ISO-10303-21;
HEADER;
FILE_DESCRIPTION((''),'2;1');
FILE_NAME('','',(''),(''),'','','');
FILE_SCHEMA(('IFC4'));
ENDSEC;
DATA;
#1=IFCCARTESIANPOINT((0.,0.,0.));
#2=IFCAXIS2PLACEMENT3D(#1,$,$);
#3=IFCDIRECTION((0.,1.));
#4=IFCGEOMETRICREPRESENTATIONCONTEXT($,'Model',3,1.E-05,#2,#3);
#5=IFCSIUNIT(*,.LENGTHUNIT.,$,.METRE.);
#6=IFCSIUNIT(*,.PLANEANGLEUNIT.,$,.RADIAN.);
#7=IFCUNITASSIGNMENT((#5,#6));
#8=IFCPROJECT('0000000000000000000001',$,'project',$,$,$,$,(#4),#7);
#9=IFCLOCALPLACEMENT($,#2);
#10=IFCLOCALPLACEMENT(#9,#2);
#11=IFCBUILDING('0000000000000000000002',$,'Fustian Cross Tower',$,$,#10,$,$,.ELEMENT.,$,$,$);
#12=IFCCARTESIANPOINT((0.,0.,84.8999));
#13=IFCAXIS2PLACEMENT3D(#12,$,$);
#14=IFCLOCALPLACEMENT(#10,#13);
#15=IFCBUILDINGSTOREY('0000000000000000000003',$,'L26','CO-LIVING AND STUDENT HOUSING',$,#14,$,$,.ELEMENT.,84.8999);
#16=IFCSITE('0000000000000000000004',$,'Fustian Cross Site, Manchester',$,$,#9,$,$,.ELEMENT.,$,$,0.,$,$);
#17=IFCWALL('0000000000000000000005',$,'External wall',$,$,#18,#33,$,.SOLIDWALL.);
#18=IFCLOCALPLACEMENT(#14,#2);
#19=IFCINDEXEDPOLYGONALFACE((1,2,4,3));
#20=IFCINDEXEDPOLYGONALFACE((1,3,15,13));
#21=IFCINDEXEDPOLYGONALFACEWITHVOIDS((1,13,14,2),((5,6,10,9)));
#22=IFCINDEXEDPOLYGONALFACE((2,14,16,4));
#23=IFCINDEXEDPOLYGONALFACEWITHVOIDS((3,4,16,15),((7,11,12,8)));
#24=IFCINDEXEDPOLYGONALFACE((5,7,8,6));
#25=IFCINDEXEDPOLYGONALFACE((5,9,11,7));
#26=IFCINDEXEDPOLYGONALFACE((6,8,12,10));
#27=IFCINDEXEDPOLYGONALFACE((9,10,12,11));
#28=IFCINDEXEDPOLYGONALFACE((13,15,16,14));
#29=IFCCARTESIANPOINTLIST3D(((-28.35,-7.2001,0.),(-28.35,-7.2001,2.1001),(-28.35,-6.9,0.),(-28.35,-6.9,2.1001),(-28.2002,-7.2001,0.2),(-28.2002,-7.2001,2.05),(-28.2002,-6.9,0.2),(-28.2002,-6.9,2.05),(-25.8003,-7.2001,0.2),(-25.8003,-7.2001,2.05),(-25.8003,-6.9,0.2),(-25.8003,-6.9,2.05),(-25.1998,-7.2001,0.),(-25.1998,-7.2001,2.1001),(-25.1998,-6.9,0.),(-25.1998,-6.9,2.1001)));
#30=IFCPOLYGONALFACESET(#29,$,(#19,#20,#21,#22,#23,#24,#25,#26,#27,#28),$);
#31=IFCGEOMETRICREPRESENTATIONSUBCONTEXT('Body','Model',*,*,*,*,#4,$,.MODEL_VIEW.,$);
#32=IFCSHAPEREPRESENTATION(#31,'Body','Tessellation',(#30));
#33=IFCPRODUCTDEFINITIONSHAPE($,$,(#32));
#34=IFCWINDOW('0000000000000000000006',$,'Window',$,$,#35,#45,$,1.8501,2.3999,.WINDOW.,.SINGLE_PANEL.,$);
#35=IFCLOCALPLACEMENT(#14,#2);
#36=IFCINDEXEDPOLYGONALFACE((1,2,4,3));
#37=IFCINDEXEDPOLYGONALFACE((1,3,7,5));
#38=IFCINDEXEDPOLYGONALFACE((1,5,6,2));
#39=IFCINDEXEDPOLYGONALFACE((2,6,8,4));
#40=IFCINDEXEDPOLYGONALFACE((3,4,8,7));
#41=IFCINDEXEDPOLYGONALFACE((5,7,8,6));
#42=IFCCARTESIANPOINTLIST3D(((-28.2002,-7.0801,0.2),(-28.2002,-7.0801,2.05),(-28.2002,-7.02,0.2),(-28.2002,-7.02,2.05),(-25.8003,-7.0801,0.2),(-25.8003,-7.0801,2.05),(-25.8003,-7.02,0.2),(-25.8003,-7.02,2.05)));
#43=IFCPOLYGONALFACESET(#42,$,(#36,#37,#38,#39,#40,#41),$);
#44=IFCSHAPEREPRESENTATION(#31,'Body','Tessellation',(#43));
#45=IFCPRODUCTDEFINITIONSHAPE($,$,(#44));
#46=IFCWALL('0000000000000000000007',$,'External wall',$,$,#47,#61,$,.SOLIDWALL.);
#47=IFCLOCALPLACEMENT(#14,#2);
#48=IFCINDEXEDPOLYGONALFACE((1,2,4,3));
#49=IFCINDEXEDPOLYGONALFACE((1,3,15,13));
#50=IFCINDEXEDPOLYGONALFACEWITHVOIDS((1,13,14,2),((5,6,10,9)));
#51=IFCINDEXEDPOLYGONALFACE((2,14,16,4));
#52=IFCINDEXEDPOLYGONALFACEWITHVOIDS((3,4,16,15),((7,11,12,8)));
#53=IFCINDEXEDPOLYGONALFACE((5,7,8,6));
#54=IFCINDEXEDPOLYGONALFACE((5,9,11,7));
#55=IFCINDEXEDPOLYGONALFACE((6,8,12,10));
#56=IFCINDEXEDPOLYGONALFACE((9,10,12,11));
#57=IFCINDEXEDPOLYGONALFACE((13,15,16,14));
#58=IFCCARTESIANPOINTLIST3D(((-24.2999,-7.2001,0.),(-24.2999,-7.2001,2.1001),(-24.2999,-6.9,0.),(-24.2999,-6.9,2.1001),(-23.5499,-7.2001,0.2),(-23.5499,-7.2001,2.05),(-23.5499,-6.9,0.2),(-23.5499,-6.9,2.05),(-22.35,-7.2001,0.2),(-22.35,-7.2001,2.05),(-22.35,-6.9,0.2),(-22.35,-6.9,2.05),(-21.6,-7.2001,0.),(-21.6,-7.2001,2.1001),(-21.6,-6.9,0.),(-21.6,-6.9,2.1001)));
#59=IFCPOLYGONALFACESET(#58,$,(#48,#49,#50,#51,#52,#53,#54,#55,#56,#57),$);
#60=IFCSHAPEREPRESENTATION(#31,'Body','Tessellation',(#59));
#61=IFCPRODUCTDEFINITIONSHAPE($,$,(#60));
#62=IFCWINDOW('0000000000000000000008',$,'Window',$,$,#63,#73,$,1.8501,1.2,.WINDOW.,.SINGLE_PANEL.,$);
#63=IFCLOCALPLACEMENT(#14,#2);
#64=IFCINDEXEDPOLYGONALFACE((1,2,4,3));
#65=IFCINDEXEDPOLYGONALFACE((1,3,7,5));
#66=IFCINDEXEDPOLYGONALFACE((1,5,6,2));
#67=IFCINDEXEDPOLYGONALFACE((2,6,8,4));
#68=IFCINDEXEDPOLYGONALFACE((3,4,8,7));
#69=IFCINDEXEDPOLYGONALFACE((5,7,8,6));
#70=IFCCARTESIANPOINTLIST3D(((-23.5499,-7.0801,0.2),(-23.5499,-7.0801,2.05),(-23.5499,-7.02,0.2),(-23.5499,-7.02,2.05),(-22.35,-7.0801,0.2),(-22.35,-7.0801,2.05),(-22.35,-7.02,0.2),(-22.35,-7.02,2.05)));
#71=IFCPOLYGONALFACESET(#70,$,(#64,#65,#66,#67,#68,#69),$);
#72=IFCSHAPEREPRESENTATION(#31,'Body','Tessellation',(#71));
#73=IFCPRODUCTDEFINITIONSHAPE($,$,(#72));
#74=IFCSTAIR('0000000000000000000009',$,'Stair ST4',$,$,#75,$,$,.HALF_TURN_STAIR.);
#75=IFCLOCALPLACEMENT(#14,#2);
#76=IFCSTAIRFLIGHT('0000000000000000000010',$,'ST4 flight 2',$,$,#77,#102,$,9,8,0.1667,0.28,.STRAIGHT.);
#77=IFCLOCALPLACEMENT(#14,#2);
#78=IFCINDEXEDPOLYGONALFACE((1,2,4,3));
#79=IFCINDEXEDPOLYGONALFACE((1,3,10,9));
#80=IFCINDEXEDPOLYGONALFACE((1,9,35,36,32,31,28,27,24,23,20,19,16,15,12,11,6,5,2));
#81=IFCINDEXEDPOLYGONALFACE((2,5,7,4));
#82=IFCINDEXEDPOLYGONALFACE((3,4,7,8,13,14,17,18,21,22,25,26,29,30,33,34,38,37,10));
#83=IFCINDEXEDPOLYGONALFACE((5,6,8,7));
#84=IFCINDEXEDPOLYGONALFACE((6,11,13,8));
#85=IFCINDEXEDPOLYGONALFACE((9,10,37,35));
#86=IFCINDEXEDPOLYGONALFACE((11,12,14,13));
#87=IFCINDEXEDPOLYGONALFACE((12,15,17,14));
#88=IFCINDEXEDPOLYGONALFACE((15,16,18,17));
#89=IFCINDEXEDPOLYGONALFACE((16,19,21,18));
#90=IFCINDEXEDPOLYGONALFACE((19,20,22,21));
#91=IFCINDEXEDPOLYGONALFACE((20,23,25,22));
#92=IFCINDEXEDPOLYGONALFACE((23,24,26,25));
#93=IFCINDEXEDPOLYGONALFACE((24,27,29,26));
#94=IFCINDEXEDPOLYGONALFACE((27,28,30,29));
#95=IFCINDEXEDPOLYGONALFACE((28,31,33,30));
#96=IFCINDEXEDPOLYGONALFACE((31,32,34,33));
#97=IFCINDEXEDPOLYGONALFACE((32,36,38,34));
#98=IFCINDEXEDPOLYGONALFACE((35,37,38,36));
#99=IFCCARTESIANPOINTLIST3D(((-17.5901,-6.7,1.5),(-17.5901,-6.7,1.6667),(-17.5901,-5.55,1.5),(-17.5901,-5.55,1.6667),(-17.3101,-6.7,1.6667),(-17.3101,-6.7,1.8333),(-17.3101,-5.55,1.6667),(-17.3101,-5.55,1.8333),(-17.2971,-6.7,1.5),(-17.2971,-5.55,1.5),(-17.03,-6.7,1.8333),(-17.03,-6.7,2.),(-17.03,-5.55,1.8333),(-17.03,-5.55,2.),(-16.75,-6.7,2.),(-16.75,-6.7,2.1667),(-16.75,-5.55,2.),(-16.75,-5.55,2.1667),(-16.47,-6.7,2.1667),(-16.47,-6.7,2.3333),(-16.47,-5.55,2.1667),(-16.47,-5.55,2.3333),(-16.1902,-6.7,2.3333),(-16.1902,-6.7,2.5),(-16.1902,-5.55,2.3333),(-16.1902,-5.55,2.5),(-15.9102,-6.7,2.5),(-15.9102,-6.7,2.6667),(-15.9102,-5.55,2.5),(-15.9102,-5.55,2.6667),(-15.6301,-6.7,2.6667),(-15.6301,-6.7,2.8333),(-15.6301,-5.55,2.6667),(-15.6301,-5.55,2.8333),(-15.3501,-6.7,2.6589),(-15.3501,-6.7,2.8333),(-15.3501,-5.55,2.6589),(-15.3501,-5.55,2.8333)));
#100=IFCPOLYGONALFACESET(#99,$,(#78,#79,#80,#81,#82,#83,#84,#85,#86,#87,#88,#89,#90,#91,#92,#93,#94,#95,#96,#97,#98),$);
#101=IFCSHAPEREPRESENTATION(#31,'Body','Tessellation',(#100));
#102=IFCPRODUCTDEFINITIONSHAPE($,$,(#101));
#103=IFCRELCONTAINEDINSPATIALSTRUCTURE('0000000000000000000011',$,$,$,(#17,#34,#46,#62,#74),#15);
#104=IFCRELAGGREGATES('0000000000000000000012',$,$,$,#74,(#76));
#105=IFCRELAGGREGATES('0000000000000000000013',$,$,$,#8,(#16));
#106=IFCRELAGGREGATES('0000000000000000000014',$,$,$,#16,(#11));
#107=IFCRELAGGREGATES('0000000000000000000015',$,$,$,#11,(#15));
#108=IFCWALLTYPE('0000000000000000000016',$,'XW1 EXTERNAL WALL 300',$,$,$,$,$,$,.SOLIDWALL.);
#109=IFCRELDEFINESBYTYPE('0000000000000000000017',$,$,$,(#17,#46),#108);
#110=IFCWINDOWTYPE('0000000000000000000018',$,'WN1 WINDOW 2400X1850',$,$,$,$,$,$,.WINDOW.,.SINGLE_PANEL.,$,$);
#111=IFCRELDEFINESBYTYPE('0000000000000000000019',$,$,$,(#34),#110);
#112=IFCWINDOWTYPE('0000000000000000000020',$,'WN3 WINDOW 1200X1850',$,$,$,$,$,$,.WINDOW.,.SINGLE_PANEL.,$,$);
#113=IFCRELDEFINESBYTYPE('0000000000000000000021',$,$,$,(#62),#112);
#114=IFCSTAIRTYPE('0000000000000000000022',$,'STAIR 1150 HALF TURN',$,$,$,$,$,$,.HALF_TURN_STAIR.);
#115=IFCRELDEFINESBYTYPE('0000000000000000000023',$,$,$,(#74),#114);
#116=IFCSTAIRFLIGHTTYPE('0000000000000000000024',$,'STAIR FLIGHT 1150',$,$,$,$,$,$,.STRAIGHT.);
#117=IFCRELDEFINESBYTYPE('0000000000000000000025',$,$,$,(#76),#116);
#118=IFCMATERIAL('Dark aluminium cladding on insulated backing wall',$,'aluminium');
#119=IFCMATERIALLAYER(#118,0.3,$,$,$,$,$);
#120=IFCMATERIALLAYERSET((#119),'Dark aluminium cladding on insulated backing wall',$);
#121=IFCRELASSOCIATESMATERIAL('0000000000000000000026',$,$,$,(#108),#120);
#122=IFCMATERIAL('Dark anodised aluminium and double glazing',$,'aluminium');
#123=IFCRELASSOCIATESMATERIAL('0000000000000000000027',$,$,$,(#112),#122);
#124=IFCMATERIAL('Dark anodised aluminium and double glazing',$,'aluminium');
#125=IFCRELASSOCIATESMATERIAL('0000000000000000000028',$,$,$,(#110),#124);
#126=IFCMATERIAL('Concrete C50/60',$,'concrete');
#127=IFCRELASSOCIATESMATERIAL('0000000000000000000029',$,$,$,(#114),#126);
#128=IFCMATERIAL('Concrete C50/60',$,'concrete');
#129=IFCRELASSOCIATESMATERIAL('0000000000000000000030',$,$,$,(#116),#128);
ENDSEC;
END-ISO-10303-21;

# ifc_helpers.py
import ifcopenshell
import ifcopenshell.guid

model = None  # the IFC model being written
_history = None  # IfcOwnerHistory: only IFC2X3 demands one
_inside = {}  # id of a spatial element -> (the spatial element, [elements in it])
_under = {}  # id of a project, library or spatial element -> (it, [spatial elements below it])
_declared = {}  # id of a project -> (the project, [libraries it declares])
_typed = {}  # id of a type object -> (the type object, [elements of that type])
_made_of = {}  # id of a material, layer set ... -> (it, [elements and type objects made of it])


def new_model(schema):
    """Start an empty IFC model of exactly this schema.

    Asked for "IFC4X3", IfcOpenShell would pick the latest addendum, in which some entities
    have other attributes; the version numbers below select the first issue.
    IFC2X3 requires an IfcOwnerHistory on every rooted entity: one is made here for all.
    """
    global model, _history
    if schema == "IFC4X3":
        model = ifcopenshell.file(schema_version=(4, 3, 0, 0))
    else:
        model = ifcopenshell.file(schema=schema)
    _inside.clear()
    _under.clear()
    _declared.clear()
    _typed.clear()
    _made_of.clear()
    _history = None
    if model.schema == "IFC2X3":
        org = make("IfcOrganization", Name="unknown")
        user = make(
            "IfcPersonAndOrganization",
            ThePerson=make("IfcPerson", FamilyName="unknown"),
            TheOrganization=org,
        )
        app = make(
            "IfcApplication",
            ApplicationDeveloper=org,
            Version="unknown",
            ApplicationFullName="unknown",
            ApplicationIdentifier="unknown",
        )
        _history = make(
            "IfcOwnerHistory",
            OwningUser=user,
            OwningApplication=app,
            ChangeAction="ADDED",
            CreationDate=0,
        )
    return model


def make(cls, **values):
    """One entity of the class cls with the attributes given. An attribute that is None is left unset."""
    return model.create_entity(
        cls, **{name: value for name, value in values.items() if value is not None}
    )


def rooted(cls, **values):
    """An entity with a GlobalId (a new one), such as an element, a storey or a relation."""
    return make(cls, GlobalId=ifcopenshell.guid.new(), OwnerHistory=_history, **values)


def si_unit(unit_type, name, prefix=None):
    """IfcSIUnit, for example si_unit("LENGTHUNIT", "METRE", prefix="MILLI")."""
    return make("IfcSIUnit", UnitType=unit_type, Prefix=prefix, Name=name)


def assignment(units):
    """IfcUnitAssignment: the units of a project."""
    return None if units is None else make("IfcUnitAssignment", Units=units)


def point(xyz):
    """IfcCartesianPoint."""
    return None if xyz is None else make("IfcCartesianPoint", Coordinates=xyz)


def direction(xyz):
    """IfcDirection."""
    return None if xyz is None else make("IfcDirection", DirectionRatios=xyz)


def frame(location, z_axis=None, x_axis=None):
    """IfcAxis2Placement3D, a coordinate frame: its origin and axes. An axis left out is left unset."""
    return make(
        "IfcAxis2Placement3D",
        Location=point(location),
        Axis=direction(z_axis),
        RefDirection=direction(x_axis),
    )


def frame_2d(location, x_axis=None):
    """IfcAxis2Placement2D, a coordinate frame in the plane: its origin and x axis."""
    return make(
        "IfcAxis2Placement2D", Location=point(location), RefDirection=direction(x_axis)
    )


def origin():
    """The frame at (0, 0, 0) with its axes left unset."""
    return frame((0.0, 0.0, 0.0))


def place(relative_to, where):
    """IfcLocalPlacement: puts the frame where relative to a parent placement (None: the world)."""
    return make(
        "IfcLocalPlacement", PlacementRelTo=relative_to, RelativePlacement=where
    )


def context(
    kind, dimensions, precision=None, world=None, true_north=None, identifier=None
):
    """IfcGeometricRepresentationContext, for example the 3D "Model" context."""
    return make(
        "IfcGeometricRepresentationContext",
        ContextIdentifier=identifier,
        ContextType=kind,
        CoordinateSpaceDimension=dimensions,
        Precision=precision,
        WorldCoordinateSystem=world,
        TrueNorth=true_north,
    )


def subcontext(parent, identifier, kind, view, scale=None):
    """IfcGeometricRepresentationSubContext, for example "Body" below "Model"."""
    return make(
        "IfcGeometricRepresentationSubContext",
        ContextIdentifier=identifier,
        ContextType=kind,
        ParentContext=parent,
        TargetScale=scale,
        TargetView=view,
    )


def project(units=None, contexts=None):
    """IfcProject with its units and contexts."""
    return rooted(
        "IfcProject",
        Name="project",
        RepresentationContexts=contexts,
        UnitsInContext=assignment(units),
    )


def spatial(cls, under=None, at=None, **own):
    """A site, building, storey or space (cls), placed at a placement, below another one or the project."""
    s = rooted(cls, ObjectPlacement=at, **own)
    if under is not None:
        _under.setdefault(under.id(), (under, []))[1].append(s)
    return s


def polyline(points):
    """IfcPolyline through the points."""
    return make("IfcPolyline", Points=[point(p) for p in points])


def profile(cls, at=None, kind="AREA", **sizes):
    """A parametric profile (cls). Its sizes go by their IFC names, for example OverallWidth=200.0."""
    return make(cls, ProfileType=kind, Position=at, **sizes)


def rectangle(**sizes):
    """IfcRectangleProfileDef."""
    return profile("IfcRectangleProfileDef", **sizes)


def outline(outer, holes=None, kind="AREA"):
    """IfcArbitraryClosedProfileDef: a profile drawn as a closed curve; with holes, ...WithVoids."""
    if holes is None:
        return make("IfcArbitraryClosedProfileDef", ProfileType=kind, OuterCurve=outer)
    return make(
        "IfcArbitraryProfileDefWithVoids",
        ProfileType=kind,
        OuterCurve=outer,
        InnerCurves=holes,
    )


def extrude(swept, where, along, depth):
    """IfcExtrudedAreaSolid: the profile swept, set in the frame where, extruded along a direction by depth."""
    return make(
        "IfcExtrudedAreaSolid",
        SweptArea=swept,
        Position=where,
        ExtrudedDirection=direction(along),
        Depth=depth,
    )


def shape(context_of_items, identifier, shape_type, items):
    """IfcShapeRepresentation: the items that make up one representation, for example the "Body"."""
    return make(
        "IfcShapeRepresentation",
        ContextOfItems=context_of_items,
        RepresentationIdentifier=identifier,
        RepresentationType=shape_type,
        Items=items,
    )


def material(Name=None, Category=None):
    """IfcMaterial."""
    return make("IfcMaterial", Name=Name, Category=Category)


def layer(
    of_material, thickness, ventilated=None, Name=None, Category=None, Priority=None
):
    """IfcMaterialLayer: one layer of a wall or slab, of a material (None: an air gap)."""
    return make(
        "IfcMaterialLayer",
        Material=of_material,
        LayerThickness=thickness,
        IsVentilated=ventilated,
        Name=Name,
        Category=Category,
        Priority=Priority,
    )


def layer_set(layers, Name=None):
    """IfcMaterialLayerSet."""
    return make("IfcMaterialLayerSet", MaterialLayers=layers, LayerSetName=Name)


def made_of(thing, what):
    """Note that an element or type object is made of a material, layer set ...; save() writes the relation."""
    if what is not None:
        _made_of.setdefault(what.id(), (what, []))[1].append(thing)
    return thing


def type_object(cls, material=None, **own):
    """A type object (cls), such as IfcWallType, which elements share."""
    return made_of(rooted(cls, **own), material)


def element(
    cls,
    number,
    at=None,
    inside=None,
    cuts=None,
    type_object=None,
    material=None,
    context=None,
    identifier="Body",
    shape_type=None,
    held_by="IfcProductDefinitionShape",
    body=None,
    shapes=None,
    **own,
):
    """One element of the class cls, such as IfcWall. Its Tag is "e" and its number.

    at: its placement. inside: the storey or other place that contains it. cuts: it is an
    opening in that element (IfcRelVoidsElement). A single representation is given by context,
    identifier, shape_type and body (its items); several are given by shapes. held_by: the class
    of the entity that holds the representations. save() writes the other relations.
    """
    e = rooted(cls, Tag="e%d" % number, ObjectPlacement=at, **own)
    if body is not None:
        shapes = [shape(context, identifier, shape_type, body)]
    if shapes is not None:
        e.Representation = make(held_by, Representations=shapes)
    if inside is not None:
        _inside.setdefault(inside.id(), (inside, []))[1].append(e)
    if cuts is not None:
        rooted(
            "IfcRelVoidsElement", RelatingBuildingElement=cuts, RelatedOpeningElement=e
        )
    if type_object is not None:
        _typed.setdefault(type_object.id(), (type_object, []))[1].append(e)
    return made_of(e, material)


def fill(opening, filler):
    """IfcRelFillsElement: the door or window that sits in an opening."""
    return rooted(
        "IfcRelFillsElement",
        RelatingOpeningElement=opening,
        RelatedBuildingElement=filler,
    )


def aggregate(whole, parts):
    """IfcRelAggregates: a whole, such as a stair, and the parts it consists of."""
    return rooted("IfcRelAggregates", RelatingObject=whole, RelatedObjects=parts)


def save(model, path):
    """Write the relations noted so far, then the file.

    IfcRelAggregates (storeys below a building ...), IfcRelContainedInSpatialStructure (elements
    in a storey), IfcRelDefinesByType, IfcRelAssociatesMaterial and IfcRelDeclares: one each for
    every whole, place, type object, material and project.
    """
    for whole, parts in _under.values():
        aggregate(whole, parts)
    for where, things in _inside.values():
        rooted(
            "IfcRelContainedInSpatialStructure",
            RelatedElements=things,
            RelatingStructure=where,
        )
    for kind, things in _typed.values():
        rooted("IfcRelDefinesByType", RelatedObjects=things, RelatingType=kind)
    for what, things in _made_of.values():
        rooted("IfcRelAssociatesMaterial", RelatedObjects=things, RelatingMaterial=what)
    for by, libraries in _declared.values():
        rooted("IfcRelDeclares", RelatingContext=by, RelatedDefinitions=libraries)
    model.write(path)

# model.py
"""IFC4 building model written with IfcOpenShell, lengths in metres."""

from ifc_helpers import new_model, si_unit, direction, frame, frame_2d, origin, place, context, subcontext, project, spatial, polyline, rectangle, outline, extrude, material, layer, layer_set, type_object, element, fill, aggregate, save


model = new_model("IFC4")

# Units and contexts
model_context = context("Model", 3, precision=1e-05, world=origin(), true_north=direction((0.0, 1.0)))
body_context = subcontext(model_context, "Body", "Model", "MODEL_VIEW")
ifc_project = project(units=[si_unit("LENGTHUNIT", "METRE"), si_unit("PLANEANGLEUNIT", "RADIAN")], contexts=[model_context])

# Site, building, storey
site_placement = place(None, origin())
site = spatial("IfcSite", under=ifc_project, at=site_placement, Name="Fustian Cross Site, Manchester", CompositionType="ELEMENT", RefElevation=0.0)
building_placement = place(site_placement, origin())
building = spatial("IfcBuilding", under=site, at=building_placement, Name="Fustian Cross Tower", CompositionType="ELEMENT")
storey_placement = place(building_placement, frame((0.0, 0.0, 84.8999)))
storey = spatial("IfcBuildingStorey", under=building, at=storey_placement, Name="L26", Description="CO-LIVING AND STUDENT HOUSING", CompositionType="ELEMENT", Elevation=84.8999)

# Shared definitions
ifc_material_1 = material(Name="Dark aluminium cladding on insulated backing wall", Category="aluminium")
ifc_layer_1 = layer(ifc_material_1, 0.3)
ifc_layer_set_1 = layer_set([ifc_layer_1], Name="Dark aluminium cladding on insulated backing wall")
wall_type_1 = type_object("IfcWallType", Name="XW1 EXTERNAL WALL 300", PredefinedType="SOLIDWALL", material=ifc_layer_set_1)

# Shared definitions
ifc_material_2 = material(Name="Dark anodised aluminium and double glazing", Category="aluminium")
window_type_1 = type_object("IfcWindowType", Name="WN3 WINDOW 1200X1850", PartitioningType="SINGLE_PANEL", PredefinedType="WINDOW", material=ifc_material_2)

# Shared definitions
ifc_material_3 = material(Name="Dark anodised aluminium and double glazing", Category="aluminium")
window_type_2 = type_object("IfcWindowType", Name="WN1 WINDOW 2400X1850", PartitioningType="SINGLE_PANEL", PredefinedType="WINDOW", material=ifc_material_3)

# Walls, openings, windows
wall_1_placement = place(storey_placement, frame((-28.3501, -7.05, 0.0), z_axis=(0.0, 0.0, 1.0), x_axis=(1.0, 0.0, 0.0)))
wall_1 = element("IfcWall", 1, at=wall_1_placement, inside=storey, type_object=wall_type_1, Name="External wall", PredefinedType="SOLIDWALL", context=body_context, shape_type="SweptSolid", body=[
    extrude(rectangle(XDim=3.1501, YDim=0.3, at=frame_2d((1.5752, 0.0))), origin(), (0.0, 0.0, 1.0), 2.1001),
])
opening_1_placement = place(wall_1_placement, frame((0.1499, 0.0, 0.2)))
opening_1 = element("IfcOpeningElement", 2, at=opening_1_placement, cuts=wall_1, PredefinedType="OPENING", context=body_context, shape_type="SweptSolid", body=[
    extrude(rectangle(XDim=2.3999, YDim=1.8501, at=frame_2d((1.2, 0.925))), frame((0.0, 0.1599, 0.0), z_axis=(0.0, -1.0, 0.0), x_axis=(1.0, 0.0, 0.0)), (0.0, 0.0, 1.0), 0.3201),
])
window_1_placement = place(opening_1_placement, origin())
window_1 = element("IfcWindow", 3, at=window_1_placement, inside=storey, type_object=window_type_2, Name="Window", OverallHeight=1.8501, OverallWidth=2.3999, PartitioningType="SINGLE_PANEL", PredefinedType="WINDOW", context=body_context, shape_type="SweptSolid", body=[
    extrude(rectangle(XDim=2.3999, YDim=1.8501, at=frame_2d((1.2, 0.925))), frame((0.0, 0.03, 0.0), z_axis=(0.0, -1.0, 0.0), x_axis=(1.0, 0.0, 0.0)), (0.0, 0.0, 1.0), 0.0601),
])
fill(opening_1, window_1)
wall_2_placement = place(storey_placement, frame((-24.3, -7.05, 0.0), z_axis=(0.0, 0.0, 1.0), x_axis=(1.0, 0.0, 0.0)))
wall_2 = element("IfcWall", 4, at=wall_2_placement, inside=storey, type_object=wall_type_1, Name="External wall", PredefinedType="SOLIDWALL", context=body_context, shape_type="SweptSolid", body=[
    extrude(rectangle(XDim=2.7, YDim=0.3, at=frame_2d((1.3501, 0.0))), origin(), (0.0, 0.0, 1.0), 2.1001),
])
opening_2_placement = place(wall_2_placement, frame((0.75, 0.0, 0.2)))
opening_2 = element("IfcOpeningElement", 5, at=opening_2_placement, cuts=wall_2, PredefinedType="OPENING", context=body_context, shape_type="SweptSolid", body=[
    extrude(rectangle(XDim=1.2, YDim=1.8501, at=frame_2d((0.6001, 0.925))), frame((0.0, 0.1599, 0.0), z_axis=(0.0, -1.0, 0.0), x_axis=(1.0, 0.0, 0.0)), (0.0, 0.0, 1.0), 0.3201),
])
window_2_placement = place(opening_2_placement, origin())
window_2 = element("IfcWindow", 6, at=window_2_placement, inside=storey, type_object=window_type_1, Name="Window", OverallHeight=1.8501, OverallWidth=1.2, PartitioningType="SINGLE_PANEL", PredefinedType="WINDOW", context=body_context, shape_type="SweptSolid", body=[
    extrude(rectangle(XDim=1.2, YDim=1.8501, at=frame_2d((0.6001, 0.925))), frame((0.0, 0.03, 0.0), z_axis=(0.0, -1.0, 0.0), x_axis=(1.0, 0.0, 0.0)), (0.0, 0.0, 1.0), 0.0601),
])
fill(opening_2, window_2)

# Stair, stair flight
ifc_material_4 = material(Name="Concrete C50/60", Category="concrete")
stair_type = type_object("IfcStairType", Name="STAIR 1150 HALF TURN", PredefinedType="HALF_TURN_STAIR", material=ifc_material_4)
stair_placement = place(storey_placement, origin())
stair = element("IfcStair", 7, at=stair_placement, inside=storey, type_object=stair_type, Name="Stair ST4", PredefinedType="HALF_TURN_STAIR")
ifc_material_5 = material(Name="Concrete C50/60", Category="concrete")
stair_flight_type = type_object("IfcStairFlightType", Name="STAIR FLIGHT 1150", PredefinedType="STRAIGHT", material=ifc_material_5)
stair_flight_placement = place(storey_placement, frame((-17.5901, -6.125, 1.5), z_axis=(0.0, 0.0, 1.0), x_axis=(1.0, 0.0, 0.0)))
stair_flight = element("IfcStairFlight", 8, at=stair_flight_placement, type_object=stair_flight_type, Name="ST4 flight 2", NumberOfRisers=9, NumberOfTreads=8, PredefinedType="STRAIGHT", RiserHeight=0.1667, TreadLength=0.28, context=body_context, shape_type="SweptSolid", body=[
    extrude(outline(polyline([(0.0, 0.0), (0.0, 0.1667), (0.28, 0.1667), (0.28, 0.3333), (0.5601, 0.3333), (0.5601, 0.5), (0.8401, 0.5), (0.8401, 0.6667), (1.1201, 0.6667), (1.1201, 0.8333), (1.3999, 0.8333), (1.3999, 1.0), (1.6799, 1.0), (1.6799, 1.1667), (1.96, 1.1667), (1.96, 1.3333), (2.24, 1.3333), (2.24, 1.5), (2.24, 1.1589), (0.293, 0.0), (0.0, 0.0)])), frame((0.0, 0.575, 0.0), z_axis=(0.0, -1.0, 0.0), x_axis=(1.0, 0.0, 0.0)), (0.0, 0.0, 1.0), 1.1499),
])
aggregate(stair, [stair_flight])

save(model, "model.ifc")
